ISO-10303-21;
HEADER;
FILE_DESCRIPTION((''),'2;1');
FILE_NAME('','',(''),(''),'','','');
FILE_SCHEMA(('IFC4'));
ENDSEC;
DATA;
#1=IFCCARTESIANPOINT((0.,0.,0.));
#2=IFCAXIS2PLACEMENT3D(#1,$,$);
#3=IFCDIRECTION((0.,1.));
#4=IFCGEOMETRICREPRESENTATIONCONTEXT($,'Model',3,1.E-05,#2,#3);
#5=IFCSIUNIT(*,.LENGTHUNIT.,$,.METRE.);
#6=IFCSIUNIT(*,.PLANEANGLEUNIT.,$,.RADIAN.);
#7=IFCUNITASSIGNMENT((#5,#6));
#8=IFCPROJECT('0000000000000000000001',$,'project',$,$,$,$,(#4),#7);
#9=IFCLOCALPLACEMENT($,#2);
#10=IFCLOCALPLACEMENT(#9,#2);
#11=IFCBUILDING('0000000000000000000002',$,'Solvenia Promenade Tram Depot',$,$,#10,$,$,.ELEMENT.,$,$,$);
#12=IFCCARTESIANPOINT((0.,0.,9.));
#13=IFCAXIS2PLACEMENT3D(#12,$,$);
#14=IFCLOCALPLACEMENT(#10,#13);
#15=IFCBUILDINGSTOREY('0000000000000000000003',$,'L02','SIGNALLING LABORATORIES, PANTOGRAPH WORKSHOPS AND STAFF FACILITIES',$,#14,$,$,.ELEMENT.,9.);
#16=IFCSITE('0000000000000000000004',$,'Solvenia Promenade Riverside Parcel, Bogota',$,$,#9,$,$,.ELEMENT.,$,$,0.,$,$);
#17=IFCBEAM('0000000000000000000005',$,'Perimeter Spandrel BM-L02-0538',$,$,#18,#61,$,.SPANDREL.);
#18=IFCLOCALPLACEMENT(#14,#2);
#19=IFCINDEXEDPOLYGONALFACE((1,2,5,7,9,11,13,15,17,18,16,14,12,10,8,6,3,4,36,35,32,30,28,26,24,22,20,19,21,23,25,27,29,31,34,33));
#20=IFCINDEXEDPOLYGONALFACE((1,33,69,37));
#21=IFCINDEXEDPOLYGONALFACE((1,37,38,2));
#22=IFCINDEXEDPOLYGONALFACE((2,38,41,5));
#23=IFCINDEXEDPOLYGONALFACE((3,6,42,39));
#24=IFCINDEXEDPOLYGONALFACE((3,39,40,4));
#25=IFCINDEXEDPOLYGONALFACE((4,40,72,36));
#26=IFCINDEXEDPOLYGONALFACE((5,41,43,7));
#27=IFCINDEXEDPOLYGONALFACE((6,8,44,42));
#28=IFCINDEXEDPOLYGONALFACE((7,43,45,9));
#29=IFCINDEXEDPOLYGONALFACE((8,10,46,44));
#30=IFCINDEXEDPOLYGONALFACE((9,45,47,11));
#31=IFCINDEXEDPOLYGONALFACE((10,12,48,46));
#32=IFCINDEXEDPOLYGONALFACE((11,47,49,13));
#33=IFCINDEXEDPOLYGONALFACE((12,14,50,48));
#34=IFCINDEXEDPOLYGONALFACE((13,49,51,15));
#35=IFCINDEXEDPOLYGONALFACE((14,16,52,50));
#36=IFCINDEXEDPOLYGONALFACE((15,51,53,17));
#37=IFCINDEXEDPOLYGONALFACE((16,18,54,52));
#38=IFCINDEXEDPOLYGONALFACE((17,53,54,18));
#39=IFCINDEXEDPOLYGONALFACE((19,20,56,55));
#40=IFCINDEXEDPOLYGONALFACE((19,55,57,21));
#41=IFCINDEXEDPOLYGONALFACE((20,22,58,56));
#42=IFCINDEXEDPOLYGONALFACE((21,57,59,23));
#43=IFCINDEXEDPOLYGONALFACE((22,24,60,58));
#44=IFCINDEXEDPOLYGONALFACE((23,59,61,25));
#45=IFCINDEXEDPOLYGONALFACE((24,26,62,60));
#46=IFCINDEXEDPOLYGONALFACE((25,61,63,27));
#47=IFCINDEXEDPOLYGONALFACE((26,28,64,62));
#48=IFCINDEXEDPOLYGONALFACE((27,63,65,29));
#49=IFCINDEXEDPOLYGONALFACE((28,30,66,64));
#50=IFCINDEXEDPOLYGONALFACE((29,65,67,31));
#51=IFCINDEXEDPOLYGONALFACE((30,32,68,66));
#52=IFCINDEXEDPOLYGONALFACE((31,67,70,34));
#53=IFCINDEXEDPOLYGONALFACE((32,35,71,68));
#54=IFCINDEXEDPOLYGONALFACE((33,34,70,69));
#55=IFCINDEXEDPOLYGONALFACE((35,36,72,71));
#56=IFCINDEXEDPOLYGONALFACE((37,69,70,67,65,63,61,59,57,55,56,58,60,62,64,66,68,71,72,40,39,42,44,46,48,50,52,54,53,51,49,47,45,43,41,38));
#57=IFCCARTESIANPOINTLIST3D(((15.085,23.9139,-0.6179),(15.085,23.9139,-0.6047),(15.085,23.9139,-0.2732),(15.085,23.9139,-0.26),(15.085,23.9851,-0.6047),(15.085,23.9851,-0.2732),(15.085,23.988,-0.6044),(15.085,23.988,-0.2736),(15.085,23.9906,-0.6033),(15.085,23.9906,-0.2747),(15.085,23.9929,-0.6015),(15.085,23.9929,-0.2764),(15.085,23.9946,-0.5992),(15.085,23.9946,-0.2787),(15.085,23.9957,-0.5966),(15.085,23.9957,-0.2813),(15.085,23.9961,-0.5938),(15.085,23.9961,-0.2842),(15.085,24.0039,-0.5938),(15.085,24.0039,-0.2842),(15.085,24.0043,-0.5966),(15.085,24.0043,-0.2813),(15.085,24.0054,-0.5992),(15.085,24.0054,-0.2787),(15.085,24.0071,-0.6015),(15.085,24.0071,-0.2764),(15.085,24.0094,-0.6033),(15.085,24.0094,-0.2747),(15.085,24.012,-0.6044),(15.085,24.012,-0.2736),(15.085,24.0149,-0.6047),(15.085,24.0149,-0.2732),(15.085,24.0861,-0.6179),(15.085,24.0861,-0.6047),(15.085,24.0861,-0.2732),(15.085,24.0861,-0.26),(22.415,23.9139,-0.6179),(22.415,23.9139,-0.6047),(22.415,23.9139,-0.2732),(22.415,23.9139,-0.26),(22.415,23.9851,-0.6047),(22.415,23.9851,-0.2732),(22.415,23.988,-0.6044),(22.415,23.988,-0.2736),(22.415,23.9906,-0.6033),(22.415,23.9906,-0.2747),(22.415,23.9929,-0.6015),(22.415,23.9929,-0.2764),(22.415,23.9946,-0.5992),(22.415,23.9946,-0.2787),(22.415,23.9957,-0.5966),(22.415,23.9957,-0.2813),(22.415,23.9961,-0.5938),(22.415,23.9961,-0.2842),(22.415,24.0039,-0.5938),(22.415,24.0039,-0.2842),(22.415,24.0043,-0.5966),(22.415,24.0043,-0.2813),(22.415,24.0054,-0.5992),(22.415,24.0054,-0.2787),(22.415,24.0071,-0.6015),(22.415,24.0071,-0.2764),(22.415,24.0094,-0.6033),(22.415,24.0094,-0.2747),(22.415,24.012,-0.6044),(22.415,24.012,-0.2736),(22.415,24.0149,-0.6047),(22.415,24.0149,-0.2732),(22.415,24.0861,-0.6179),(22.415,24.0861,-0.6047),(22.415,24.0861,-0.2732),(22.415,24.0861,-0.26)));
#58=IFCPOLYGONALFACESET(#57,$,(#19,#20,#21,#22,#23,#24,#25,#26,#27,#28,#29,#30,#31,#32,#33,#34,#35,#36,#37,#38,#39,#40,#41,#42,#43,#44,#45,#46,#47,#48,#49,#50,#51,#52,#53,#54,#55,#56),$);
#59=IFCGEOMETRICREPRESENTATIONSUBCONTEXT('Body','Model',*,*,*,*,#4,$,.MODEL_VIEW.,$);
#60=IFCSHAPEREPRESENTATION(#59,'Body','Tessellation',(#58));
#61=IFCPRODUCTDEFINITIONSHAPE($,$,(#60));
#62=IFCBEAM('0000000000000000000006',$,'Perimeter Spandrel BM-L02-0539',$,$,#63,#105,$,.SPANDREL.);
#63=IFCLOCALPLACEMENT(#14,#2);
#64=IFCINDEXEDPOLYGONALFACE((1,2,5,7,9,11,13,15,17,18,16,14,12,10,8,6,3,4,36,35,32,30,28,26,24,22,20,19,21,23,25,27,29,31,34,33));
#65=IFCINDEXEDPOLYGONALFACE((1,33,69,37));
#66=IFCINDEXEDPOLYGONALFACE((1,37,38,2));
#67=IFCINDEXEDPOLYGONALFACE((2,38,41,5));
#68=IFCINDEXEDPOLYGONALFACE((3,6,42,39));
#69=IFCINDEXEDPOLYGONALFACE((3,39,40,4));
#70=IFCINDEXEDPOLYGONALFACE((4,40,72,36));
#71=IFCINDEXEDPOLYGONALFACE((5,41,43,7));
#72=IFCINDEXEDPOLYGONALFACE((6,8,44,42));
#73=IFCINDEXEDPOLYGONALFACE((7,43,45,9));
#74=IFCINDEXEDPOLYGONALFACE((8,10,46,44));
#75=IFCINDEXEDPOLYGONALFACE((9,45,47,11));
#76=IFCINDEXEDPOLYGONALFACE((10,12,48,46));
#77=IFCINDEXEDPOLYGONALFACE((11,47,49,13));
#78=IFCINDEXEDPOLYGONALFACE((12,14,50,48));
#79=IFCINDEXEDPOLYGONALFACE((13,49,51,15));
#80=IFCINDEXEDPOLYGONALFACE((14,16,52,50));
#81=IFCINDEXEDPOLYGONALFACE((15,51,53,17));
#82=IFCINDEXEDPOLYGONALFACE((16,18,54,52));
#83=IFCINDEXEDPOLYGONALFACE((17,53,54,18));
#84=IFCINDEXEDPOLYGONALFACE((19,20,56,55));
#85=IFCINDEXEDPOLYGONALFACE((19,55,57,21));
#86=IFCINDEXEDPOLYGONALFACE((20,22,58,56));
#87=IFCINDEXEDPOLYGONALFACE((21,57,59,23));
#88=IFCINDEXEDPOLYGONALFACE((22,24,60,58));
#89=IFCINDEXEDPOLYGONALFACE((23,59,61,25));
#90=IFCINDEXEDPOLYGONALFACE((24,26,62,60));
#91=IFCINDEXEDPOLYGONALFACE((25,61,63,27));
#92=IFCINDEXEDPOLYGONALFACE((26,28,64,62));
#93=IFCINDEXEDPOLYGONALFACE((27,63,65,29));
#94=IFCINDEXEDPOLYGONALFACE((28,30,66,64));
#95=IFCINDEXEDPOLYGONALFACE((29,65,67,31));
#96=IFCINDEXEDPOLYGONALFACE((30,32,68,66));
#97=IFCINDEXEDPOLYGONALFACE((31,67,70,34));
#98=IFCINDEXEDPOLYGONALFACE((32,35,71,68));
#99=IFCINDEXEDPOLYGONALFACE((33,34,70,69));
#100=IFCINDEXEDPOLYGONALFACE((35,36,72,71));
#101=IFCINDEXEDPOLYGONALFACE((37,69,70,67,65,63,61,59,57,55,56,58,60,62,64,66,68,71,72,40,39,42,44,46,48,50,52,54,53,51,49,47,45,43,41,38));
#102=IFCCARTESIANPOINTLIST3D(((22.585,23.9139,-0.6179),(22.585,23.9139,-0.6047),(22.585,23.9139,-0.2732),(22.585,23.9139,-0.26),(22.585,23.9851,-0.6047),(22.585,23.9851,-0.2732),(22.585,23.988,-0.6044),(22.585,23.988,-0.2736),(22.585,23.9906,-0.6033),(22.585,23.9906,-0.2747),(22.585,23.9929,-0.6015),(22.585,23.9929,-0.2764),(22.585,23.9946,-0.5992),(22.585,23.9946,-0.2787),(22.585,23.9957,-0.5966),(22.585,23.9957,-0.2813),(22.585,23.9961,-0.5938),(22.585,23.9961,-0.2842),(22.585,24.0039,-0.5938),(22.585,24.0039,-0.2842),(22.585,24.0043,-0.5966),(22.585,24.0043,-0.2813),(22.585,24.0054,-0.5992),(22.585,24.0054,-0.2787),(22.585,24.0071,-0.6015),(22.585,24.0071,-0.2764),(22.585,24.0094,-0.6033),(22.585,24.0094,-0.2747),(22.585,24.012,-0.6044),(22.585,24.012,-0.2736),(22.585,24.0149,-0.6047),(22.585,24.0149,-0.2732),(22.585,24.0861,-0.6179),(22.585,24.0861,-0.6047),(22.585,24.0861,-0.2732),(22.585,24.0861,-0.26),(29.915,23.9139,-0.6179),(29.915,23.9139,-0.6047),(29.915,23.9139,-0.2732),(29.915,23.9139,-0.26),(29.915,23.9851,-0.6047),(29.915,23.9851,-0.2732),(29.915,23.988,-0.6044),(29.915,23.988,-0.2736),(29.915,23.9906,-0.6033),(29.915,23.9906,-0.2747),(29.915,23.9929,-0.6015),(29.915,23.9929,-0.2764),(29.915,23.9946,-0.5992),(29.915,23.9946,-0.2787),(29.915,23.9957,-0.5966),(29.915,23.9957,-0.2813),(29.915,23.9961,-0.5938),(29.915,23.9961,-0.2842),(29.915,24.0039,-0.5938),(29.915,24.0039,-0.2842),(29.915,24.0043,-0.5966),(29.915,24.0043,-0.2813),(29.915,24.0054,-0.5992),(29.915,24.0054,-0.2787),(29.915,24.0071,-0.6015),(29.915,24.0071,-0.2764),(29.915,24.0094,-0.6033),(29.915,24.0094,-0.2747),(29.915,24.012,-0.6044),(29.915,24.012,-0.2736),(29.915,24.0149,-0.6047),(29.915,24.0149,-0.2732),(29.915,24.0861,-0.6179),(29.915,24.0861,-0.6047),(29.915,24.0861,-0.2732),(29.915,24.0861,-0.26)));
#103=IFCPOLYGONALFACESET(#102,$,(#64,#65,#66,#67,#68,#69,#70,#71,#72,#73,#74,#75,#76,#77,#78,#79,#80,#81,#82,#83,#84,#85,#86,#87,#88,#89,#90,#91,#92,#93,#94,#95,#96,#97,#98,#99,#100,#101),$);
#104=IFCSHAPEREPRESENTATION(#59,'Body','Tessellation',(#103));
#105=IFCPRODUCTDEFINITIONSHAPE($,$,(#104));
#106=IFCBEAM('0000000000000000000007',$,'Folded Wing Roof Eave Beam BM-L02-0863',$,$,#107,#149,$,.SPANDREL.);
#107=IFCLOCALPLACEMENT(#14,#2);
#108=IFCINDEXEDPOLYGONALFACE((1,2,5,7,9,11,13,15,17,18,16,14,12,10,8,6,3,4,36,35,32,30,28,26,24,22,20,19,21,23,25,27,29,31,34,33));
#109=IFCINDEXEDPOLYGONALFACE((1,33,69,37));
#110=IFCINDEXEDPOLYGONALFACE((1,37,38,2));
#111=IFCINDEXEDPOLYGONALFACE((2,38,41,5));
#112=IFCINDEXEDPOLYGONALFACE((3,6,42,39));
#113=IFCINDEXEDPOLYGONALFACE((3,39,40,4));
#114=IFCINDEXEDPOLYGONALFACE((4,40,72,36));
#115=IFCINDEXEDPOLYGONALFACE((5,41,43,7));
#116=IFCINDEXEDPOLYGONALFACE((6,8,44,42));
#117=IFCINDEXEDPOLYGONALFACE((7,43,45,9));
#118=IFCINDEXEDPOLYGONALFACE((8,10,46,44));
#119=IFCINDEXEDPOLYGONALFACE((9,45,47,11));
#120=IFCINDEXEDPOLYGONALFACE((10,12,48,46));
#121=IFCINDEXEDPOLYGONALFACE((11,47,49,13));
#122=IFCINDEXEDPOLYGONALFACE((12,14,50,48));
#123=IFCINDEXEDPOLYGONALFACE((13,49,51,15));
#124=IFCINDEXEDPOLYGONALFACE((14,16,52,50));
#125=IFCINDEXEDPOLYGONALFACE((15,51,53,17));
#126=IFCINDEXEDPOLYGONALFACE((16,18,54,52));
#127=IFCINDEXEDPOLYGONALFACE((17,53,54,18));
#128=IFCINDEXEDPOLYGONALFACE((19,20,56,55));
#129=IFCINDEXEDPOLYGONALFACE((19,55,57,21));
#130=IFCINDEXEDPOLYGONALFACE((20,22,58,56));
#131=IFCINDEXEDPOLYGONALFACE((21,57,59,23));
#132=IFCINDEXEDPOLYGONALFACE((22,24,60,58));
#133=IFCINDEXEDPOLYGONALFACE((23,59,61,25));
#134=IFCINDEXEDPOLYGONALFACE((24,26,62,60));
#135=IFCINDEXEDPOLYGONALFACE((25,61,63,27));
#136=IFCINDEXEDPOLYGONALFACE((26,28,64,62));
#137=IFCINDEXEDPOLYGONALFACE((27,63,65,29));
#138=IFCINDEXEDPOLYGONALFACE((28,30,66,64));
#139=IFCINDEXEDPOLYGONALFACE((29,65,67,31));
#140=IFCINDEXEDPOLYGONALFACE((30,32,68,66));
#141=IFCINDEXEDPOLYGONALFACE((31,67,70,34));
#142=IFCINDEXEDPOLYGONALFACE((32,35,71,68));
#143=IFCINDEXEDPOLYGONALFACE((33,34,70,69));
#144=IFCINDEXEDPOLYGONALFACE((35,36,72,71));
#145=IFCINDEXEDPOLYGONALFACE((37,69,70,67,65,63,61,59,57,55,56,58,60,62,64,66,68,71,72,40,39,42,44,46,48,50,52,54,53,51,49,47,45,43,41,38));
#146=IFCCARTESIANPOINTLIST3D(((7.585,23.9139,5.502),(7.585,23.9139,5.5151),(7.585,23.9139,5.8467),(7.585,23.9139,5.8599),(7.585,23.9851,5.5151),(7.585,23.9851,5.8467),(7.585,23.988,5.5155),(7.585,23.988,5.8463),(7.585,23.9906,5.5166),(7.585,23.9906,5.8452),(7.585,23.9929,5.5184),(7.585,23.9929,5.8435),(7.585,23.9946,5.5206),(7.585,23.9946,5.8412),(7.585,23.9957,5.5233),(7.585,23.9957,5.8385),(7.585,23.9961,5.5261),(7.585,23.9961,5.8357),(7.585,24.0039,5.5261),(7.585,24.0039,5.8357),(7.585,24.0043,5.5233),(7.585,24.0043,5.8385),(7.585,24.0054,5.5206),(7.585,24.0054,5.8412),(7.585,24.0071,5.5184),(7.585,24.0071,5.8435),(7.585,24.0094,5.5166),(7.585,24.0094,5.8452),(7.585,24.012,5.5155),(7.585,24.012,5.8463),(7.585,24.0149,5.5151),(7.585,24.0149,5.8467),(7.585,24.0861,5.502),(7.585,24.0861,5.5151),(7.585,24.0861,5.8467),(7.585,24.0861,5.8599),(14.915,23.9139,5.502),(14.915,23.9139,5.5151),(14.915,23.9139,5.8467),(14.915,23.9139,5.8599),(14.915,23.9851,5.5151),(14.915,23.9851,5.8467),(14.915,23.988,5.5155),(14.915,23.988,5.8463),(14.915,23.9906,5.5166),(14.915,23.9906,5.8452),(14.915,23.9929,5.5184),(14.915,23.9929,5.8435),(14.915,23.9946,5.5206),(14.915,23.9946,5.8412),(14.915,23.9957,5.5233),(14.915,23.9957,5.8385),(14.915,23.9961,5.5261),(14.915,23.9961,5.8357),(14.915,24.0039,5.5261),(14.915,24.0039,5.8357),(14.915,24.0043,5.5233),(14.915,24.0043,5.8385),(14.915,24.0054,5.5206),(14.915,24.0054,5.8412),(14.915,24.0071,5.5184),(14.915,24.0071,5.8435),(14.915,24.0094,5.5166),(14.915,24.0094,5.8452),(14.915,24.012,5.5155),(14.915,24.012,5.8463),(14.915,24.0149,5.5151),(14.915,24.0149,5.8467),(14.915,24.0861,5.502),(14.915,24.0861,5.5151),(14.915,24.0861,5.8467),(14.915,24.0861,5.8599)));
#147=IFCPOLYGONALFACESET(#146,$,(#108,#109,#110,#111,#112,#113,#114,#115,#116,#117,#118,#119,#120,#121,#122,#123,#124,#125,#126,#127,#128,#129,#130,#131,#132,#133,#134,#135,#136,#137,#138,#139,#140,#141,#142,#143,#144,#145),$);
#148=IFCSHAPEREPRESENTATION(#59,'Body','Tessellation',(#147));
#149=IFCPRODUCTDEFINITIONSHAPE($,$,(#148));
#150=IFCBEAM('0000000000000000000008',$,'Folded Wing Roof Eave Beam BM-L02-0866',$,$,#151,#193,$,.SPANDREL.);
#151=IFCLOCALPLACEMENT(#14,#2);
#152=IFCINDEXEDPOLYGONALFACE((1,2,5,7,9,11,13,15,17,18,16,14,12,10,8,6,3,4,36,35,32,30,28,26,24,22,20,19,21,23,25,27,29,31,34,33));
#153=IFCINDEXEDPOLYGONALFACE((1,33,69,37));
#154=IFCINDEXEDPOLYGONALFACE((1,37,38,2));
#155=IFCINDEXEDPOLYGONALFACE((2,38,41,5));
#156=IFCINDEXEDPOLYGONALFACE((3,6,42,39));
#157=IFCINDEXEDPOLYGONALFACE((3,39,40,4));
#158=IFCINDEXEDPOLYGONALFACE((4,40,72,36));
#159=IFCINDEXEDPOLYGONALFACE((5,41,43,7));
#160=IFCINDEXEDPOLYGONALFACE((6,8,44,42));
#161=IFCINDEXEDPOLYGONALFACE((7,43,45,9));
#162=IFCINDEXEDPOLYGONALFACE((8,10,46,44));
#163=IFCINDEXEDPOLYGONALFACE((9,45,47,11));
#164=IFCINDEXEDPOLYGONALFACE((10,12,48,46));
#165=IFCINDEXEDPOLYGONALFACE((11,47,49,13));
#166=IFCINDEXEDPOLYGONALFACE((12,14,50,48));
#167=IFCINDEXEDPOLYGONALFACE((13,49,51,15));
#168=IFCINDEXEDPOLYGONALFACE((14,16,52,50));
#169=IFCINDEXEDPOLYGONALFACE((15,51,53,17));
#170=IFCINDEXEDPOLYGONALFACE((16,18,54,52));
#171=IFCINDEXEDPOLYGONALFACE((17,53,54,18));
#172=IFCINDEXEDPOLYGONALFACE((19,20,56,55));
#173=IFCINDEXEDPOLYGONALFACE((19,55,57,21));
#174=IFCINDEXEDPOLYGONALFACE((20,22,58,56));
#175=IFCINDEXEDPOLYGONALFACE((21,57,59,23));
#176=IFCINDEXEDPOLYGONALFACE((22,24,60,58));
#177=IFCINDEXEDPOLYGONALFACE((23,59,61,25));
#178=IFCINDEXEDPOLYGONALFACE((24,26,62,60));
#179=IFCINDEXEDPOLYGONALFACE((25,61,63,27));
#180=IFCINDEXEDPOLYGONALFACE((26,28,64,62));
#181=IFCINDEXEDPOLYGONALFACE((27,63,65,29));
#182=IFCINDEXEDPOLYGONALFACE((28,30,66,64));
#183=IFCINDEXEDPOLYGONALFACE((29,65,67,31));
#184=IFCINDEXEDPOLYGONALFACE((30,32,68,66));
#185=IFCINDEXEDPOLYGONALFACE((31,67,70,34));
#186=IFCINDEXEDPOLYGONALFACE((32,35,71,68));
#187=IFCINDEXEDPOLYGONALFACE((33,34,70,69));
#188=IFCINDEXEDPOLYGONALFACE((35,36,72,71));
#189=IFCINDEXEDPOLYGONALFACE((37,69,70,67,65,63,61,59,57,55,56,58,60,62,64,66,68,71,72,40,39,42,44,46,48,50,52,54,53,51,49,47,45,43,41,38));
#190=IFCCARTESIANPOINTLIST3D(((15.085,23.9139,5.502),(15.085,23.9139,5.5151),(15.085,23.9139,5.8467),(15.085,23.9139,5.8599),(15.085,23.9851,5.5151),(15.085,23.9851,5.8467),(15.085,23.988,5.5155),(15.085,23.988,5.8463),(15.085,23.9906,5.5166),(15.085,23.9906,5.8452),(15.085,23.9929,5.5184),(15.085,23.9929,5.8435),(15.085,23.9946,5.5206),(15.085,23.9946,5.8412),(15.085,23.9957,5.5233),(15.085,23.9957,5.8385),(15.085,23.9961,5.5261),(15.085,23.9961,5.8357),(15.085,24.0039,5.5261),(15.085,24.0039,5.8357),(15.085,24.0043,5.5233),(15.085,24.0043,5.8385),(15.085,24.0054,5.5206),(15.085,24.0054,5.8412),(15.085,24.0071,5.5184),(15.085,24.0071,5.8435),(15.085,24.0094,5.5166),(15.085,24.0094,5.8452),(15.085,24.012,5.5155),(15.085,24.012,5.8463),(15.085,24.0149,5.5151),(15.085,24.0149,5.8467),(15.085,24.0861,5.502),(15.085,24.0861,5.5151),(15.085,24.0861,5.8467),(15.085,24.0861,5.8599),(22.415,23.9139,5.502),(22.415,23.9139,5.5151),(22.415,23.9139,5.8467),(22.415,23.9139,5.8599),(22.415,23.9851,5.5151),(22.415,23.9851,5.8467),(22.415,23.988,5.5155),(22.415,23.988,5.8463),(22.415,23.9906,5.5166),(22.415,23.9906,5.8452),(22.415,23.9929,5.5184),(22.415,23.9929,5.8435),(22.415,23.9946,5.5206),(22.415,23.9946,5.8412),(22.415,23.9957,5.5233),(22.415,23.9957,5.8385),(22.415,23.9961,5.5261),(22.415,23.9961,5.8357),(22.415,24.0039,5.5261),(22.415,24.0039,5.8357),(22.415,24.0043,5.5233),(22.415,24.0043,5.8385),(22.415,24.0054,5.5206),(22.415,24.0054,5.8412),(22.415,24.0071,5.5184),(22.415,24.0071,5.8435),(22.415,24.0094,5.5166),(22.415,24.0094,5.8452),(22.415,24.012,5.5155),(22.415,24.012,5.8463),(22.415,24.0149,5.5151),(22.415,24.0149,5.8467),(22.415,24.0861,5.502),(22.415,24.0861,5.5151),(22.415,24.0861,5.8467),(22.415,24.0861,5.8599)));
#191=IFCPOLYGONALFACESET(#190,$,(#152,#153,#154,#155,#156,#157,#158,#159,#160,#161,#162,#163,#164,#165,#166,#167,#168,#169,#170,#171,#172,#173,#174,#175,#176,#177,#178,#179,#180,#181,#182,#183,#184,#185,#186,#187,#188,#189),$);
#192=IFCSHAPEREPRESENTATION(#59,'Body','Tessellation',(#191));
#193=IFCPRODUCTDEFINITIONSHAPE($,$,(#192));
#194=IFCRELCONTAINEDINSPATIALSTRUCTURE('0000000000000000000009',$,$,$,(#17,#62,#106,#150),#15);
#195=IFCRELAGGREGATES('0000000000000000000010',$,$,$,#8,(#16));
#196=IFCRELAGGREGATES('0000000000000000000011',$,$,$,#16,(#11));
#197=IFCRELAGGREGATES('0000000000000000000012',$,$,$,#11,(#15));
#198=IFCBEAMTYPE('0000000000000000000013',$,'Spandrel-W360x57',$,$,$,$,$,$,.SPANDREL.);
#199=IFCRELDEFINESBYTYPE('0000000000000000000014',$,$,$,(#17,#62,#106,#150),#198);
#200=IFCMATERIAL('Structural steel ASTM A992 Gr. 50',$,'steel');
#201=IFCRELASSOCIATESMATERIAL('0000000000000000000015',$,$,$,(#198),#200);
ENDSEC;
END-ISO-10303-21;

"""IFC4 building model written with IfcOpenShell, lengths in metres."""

from ifc_helpers import new_model, si_unit, direction, frame, origin, origin_2d, place, context, subcontext, project, spatial, i_section, extrude, material, material_profile, profile_set, type_object, element, save


model = new_model("IFC4")

# Units and contexts
model_context = context("Model", 3, precision=1e-05, world=origin(), true_north=direction((0.0, 1.0)))
body_context = subcontext(model_context, "Body", "Model", "MODEL_VIEW")
ifc_project = project(units=[si_unit("LENGTHUNIT", "METRE"), si_unit("PLANEANGLEUNIT", "RADIAN")], contexts=[model_context])

# Site, building, storey
site_placement = place(None, origin())
site = spatial("IfcSite", under=ifc_project, at=site_placement, Name="Solvenia Promenade Riverside Parcel, Bogota", CompositionType="ELEMENT", RefElevation=0.0)
building_placement = place(site_placement, origin())
building = spatial("IfcBuilding", under=site, at=building_placement, Name="Solvenia Promenade Tram Depot", CompositionType="ELEMENT")
storey_placement = place(building_placement, frame((0.0, 0.0, 9.0)))
storey = spatial("IfcBuildingStorey", under=building, at=storey_placement, Name="L02", Description="SIGNALLING LABORATORIES, PANTOGRAPH WORKSHOPS AND STAFF FACILITIES", CompositionType="ELEMENT", Elevation=9.0)

# Shared definitions
ifc_material_1 = material(Name="Structural steel ASTM A992 Gr. 50", Category="steel")

# Beams
ifc_material_profile_1 = material_profile(ifc_material_1, i_section(OverallWidth=0.1721, OverallDepth=0.3579, WebThickness=0.0078, FlangeThickness=0.0132, FilletRadius=0.011, at=origin_2d()), Name="W360x57", Category="steel")
ifc_profile_set_1 = profile_set([ifc_material_profile_1], Name="Structural steel ASTM A992 Gr. 50")
beam_type_1 = type_object("IfcBeamType", Name="Spandrel-W360x57", PredefinedType="SPANDREL", material=ifc_profile_set_1)
for number, where, z_axis, x_axis, name in (
    (1, (15.085, 24.0, -0.439), (1.0, 0.0, 0.0), (0.0, 1.0, 0.0), "Perimeter Spandrel BM-L02-0538"),
    (2, (22.585, 24.0, -0.439), (1.0, 0.0, 0.0), (0.0, 1.0, 0.0), "Perimeter Spandrel BM-L02-0539"),
    (3, (7.585, 24.0, 5.6809), (1.0, 0.0, 0.0), (0.0, 1.0, 0.0), "Folded Wing Roof Eave Beam BM-L02-0863"),
    (4, (15.085, 24.0, 5.6809), (1.0, 0.0, 0.0), (0.0, 1.0, 0.0), "Folded Wing Roof Eave Beam BM-L02-0866"),
):
    element("IfcBeam", number, at=place(storey_placement, frame(where, z_axis=z_axis, x_axis=x_axis)), inside=storey, type_object=beam_type_1, Name=name, PredefinedType="SPANDREL", context=body_context, shape_type="SweptSolid", body=[
        extrude(i_section(OverallWidth=0.1721, OverallDepth=0.3579, WebThickness=0.0078, FlangeThickness=0.0132, FilletRadius=0.011, at=origin_2d()), origin(), (0.0, 0.0, 1.0), 7.3301),
    ])

save(model, "model.ifc")
